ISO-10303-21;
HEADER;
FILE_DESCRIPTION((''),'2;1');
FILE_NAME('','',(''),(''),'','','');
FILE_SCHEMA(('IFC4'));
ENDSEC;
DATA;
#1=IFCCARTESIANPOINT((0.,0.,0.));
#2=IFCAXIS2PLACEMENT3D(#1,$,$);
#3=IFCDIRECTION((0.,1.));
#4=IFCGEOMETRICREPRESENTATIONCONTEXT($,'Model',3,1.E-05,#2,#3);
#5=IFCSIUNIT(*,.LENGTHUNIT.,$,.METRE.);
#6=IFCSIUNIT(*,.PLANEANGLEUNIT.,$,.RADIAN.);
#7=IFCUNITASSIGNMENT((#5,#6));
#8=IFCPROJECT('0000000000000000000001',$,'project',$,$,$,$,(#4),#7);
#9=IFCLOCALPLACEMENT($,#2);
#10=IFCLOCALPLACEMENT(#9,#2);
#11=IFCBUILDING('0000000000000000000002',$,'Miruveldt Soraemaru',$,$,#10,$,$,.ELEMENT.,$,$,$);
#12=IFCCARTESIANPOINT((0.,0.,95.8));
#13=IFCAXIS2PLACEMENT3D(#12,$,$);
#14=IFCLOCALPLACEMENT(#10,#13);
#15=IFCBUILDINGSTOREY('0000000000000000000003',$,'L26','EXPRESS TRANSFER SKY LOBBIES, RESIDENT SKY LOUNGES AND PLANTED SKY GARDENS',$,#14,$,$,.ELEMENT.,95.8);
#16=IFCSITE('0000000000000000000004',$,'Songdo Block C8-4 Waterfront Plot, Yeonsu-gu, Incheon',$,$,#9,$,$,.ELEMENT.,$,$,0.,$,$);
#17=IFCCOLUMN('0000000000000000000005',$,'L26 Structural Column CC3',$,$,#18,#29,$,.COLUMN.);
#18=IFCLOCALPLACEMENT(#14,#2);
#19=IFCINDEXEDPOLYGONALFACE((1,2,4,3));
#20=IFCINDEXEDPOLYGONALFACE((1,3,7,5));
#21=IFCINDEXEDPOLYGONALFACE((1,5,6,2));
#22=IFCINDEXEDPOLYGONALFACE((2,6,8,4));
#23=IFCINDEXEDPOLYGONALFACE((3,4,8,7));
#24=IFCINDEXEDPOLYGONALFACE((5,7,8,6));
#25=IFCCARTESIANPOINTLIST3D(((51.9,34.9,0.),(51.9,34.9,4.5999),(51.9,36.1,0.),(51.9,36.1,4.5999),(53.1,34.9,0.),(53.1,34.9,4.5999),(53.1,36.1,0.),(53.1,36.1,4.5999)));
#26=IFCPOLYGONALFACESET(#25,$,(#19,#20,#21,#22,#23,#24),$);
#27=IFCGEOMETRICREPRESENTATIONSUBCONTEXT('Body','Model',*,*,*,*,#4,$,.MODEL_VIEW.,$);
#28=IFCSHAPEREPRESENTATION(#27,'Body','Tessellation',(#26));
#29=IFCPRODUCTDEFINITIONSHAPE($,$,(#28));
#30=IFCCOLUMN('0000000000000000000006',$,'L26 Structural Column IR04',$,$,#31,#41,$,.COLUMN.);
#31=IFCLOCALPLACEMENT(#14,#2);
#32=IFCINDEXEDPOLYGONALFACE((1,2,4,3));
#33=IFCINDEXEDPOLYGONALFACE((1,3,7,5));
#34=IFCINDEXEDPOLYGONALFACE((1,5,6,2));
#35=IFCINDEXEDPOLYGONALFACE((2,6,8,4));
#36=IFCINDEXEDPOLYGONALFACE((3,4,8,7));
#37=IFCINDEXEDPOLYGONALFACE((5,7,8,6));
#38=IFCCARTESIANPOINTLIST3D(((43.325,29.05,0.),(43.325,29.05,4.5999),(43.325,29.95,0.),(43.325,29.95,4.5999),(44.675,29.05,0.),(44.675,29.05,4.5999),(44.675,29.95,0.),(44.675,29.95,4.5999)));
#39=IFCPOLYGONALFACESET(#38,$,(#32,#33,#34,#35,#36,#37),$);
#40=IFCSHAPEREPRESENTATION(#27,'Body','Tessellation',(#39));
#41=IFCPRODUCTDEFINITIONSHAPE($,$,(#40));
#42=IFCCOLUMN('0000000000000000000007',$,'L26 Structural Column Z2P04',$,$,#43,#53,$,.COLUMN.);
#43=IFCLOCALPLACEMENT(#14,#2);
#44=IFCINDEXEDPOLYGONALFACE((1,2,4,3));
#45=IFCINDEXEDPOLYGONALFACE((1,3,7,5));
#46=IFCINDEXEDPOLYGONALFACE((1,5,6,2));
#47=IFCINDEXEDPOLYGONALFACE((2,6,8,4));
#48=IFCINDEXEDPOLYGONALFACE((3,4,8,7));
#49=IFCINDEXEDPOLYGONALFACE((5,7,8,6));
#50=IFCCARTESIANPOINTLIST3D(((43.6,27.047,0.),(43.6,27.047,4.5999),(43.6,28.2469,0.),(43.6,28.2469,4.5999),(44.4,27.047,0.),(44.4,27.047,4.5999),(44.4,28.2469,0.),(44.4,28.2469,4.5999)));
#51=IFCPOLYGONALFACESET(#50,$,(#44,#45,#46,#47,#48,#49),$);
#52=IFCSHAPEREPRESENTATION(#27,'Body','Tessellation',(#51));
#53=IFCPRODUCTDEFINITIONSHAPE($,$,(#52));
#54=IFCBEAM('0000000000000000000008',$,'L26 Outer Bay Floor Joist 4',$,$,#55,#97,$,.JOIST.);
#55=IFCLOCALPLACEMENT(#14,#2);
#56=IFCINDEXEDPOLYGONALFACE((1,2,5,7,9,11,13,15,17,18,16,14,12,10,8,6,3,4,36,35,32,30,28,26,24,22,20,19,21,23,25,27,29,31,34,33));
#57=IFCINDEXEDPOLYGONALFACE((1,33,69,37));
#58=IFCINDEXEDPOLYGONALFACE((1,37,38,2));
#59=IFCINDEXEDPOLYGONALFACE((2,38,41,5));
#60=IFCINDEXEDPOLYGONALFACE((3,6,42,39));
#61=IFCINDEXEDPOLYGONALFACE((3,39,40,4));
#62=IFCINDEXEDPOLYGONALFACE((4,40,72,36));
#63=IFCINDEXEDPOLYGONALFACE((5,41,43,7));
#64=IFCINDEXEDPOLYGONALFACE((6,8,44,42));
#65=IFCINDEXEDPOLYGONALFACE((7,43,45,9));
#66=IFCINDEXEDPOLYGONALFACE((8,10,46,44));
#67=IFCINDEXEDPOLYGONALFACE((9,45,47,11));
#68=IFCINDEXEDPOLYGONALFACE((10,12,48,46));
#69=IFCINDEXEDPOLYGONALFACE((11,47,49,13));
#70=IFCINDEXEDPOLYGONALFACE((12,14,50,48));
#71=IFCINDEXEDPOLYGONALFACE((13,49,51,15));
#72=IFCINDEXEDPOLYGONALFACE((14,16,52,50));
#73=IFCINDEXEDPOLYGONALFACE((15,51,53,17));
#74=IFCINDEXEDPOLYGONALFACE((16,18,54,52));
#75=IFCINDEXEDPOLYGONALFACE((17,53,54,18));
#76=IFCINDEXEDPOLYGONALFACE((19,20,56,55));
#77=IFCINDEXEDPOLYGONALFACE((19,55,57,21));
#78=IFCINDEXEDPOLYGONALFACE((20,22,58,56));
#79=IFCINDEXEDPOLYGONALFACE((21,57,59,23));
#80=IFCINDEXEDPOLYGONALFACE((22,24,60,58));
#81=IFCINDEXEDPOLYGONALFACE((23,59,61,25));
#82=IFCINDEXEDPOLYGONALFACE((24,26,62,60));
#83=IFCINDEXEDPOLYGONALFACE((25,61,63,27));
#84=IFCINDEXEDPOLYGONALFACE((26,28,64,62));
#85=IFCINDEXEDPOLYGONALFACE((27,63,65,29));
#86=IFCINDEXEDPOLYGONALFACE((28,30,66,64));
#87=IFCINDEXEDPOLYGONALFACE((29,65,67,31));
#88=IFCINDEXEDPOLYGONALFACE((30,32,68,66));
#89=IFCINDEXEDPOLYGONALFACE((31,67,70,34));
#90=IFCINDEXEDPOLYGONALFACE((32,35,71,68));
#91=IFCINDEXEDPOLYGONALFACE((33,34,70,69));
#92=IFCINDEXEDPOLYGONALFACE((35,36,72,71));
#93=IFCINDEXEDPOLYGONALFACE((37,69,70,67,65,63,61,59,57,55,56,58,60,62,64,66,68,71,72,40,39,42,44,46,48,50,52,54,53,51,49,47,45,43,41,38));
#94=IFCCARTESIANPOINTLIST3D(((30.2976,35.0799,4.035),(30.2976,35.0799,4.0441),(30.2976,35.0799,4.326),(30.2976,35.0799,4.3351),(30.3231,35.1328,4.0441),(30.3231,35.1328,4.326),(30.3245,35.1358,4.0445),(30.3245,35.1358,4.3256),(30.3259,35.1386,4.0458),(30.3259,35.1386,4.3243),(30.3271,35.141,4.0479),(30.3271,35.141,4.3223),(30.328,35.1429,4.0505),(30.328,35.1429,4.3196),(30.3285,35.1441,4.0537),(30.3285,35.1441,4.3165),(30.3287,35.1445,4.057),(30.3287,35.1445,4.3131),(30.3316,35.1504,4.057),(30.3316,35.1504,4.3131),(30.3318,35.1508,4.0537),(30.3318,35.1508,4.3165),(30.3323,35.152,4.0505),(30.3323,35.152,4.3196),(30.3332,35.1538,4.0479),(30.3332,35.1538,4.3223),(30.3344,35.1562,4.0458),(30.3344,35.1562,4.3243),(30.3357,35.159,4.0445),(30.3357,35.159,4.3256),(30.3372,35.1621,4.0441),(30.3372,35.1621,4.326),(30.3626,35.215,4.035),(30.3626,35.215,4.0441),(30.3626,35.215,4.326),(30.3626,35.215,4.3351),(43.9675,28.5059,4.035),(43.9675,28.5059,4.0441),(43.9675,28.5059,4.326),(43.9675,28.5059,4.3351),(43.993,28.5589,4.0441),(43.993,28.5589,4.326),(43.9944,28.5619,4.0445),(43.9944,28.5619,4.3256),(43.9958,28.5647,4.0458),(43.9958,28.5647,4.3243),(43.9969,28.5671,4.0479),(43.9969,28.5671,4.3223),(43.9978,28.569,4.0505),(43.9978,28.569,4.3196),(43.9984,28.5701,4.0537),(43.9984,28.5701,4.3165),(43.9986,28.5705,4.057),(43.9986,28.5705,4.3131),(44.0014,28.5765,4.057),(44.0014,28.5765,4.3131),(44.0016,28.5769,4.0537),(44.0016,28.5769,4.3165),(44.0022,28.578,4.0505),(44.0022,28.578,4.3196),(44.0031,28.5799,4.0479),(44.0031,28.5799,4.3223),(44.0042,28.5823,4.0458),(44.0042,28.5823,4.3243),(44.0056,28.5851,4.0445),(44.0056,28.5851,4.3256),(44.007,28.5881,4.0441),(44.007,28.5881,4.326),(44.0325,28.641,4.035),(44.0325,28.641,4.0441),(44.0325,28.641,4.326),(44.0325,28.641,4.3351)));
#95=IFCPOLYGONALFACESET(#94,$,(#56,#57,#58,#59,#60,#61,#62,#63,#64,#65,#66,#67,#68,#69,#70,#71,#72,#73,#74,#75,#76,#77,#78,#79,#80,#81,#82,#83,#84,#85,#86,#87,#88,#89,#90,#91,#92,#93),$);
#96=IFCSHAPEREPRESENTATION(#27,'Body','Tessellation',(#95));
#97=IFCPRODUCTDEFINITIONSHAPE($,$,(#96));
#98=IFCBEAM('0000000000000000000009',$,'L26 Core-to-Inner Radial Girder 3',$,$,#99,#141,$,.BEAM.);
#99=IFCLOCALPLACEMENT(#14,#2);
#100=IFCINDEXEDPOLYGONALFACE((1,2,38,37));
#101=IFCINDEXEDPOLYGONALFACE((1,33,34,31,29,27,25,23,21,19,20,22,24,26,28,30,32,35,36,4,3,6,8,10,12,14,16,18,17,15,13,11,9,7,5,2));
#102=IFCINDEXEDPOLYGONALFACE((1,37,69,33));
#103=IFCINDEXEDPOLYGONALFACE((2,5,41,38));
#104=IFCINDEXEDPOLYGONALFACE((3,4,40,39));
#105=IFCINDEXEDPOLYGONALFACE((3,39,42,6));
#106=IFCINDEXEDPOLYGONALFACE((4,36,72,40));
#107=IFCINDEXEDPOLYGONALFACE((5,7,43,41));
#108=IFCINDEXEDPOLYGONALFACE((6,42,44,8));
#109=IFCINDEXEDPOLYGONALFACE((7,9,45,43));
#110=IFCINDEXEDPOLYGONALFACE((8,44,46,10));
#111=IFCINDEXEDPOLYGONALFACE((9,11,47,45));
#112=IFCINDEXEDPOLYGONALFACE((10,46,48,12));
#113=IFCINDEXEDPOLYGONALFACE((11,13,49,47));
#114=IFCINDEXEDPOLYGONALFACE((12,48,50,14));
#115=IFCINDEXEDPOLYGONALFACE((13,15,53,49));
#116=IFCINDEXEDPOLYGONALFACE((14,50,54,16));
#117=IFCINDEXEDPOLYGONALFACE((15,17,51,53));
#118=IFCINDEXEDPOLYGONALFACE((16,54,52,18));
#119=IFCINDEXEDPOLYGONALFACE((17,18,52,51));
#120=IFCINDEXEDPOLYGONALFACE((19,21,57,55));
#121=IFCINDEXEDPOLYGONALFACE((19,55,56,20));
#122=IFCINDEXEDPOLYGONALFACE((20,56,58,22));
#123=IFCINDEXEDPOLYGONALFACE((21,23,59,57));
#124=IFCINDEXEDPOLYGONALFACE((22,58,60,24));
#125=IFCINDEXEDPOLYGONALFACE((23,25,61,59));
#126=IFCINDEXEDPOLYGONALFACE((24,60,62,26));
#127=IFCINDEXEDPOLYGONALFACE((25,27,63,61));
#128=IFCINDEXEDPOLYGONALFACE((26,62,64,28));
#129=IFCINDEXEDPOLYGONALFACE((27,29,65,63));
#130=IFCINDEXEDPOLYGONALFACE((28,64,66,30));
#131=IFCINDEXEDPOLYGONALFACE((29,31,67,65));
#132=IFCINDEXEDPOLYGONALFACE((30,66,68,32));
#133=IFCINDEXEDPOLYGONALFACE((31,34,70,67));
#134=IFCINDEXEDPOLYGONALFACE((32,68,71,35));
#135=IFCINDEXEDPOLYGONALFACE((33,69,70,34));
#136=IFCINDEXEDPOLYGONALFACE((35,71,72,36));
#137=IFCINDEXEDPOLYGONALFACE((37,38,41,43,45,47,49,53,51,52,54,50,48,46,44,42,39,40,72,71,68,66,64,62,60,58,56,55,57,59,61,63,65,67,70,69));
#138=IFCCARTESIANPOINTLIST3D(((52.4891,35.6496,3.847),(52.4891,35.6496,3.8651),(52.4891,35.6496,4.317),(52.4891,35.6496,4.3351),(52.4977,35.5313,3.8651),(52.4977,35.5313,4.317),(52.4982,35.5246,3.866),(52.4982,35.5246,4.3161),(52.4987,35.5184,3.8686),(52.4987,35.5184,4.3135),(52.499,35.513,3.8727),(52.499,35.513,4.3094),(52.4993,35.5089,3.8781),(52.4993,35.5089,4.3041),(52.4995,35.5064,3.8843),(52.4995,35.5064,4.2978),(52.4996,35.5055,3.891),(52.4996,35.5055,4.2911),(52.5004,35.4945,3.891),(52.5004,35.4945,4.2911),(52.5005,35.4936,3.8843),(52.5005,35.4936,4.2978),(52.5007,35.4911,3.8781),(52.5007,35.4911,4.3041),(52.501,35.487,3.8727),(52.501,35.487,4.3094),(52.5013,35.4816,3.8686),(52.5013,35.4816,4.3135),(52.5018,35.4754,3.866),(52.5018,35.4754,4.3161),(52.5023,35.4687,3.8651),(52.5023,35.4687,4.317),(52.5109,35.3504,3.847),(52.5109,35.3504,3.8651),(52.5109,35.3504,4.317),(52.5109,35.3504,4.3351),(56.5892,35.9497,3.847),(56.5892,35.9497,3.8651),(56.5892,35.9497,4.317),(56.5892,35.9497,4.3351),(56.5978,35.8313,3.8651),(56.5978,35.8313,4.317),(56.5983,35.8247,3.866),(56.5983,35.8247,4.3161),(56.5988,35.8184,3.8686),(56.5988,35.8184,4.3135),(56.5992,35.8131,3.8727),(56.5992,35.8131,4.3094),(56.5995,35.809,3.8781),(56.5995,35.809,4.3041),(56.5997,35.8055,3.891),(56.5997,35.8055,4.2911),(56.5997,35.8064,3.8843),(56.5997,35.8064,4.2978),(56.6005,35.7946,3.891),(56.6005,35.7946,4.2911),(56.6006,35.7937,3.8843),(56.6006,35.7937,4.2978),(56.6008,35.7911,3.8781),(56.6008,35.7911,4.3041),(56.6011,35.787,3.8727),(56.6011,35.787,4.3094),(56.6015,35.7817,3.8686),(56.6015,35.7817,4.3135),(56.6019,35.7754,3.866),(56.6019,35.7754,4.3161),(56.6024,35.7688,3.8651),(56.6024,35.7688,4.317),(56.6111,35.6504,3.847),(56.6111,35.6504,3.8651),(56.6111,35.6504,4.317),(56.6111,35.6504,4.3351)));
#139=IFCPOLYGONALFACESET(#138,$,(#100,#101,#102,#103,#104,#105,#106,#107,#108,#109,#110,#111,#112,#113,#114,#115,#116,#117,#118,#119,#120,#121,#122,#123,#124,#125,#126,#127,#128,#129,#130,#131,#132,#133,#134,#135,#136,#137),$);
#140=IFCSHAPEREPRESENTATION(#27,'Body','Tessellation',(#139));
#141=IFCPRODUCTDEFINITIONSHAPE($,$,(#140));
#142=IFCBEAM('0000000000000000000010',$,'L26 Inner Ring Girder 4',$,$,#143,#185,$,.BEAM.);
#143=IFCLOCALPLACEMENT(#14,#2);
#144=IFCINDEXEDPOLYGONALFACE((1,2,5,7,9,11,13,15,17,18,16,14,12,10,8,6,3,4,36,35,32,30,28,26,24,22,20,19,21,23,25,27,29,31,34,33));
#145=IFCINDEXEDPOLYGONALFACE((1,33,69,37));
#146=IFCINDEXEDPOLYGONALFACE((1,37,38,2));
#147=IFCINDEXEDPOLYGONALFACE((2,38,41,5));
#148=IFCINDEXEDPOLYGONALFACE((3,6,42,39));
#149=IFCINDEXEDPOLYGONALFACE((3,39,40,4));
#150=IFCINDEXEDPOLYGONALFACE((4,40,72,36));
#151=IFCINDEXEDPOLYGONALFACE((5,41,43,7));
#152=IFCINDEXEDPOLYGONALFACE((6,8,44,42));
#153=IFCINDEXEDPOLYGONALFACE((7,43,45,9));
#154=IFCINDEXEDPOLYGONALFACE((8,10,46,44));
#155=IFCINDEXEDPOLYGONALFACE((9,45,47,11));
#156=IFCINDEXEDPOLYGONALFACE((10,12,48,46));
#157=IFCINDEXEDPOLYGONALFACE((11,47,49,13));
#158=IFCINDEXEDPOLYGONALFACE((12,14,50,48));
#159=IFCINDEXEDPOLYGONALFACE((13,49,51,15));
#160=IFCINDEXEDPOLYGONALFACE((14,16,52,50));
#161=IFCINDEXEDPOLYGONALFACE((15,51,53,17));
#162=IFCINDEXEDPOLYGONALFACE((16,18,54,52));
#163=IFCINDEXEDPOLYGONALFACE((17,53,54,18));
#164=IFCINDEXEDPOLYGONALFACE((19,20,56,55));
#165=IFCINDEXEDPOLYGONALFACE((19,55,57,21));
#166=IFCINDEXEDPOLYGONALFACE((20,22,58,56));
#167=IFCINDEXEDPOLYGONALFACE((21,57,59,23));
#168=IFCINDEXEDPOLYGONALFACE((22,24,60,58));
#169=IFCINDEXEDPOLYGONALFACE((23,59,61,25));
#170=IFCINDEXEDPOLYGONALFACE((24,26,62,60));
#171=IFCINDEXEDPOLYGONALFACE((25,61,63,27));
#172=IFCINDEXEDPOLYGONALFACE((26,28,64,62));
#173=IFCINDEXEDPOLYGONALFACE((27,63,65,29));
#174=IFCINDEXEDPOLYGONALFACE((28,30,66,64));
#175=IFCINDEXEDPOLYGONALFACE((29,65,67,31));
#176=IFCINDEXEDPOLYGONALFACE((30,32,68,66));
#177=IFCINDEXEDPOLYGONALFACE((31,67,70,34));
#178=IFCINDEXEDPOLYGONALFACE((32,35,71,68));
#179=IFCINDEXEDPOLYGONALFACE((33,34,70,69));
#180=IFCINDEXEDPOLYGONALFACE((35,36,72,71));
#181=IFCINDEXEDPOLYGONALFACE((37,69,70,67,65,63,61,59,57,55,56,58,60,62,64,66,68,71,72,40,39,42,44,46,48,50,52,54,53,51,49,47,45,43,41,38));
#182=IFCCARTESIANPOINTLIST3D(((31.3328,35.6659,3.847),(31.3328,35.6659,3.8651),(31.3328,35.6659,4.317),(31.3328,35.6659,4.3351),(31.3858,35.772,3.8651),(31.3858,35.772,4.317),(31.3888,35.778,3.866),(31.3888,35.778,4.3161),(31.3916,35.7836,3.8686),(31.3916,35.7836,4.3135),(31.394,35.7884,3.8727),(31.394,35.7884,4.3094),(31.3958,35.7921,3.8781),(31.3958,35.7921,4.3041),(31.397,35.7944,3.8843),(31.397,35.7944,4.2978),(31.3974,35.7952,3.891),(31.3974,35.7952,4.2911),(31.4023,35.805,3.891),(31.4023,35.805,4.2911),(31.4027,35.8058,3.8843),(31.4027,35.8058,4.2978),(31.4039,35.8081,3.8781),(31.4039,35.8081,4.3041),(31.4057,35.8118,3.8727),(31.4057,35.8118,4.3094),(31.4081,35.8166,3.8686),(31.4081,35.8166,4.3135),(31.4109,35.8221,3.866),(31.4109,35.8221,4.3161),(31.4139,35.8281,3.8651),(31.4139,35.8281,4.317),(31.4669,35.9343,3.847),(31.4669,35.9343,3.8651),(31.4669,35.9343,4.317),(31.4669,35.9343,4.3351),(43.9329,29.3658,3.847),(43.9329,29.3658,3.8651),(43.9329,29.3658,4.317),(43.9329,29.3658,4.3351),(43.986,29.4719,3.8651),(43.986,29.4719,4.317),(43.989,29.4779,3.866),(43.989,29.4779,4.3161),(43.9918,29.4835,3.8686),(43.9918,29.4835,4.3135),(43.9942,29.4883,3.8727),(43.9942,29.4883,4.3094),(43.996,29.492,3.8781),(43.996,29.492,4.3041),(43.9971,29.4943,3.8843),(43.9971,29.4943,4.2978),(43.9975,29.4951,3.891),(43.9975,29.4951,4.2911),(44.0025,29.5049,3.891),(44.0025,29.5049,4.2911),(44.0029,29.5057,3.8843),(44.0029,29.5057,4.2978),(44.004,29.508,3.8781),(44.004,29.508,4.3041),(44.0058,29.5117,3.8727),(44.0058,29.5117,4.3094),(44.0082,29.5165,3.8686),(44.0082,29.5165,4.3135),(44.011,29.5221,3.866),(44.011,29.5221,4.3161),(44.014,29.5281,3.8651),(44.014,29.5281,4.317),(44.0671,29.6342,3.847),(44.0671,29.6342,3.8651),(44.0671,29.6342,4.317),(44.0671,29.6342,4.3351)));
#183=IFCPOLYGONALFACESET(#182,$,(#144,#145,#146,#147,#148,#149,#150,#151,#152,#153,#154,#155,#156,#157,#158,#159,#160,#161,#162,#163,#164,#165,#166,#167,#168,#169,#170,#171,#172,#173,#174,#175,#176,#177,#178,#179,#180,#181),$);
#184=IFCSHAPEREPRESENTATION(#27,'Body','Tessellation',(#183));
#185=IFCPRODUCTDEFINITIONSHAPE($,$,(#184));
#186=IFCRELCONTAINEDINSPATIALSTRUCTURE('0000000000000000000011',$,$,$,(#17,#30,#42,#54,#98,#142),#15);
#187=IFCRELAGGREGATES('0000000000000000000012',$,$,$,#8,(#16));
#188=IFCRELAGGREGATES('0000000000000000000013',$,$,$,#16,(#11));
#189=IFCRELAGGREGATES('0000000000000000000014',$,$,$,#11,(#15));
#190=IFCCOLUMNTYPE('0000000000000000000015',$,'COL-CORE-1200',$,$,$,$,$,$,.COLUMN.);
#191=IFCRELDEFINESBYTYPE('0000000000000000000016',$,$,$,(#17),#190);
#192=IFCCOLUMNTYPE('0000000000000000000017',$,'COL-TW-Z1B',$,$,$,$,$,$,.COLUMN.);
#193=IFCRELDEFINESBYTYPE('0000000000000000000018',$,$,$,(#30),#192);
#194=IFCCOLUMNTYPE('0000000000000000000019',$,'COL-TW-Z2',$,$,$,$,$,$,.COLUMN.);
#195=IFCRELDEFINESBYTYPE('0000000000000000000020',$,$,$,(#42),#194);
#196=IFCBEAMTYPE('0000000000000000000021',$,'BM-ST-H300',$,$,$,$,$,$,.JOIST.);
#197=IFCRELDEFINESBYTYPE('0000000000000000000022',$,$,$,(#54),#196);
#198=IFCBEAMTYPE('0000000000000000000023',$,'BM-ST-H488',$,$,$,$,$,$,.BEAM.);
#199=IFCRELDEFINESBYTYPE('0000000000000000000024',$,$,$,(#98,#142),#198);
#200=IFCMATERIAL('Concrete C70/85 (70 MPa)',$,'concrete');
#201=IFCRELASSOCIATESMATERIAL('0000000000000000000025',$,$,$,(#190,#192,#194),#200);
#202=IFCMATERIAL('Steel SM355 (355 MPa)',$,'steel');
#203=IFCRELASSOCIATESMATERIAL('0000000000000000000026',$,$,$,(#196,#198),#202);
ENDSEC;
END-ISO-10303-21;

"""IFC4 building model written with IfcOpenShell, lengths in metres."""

from ifc_helpers import new_model, si_unit, direction, frame, origin, origin_2d, place, context, subcontext, project, spatial, rectangle, i_section, extrude, material, material_profile, profile_set, type_object, element, save


model = new_model("IFC4")

# Units and contexts
model_context = context("Model", 3, precision=1e-05, world=origin(), true_north=direction((0.0, 1.0)))
body_context = subcontext(model_context, "Body", "Model", "MODEL_VIEW")
ifc_project = project(units=[si_unit("LENGTHUNIT", "METRE"), si_unit("PLANEANGLEUNIT", "RADIAN")], contexts=[model_context])

# Site, building, storey
site_placement = place(None, origin())
site = spatial("IfcSite", under=ifc_project, at=site_placement, Name="Songdo Block C8-4 Waterfront Plot, Yeonsu-gu, Incheon", CompositionType="ELEMENT", RefElevation=0.0)
building_placement = place(site_placement, origin())
building = spatial("IfcBuilding", under=site, at=building_placement, Name="Miruveldt Soraemaru", CompositionType="ELEMENT")
storey_placement = place(building_placement, frame((0.0, 0.0, 95.8)))
storey = spatial("IfcBuildingStorey", under=building, at=storey_placement, Name="L26", Description="EXPRESS TRANSFER SKY LOBBIES, RESIDENT SKY LOUNGES AND PLANTED SKY GARDENS", CompositionType="ELEMENT", Elevation=95.8)

# Columns
ifc_material_1 = material(Name="Concrete C70/85 (70 MPa)", Category="concrete")
ifc_material_profile_1 = material_profile(ifc_material_1, rectangle(XDim=1.2, YDim=1.2, at=origin_2d()), Name="Concrete C70/85 (70 MPa)", Category="concrete")
ifc_profile_set_1 = profile_set([ifc_material_profile_1], Name="Concrete C70/85 (70 MPa)")
column_type_1 = type_object("IfcColumnType", Name="COL-CORE-1200", PredefinedType="COLUMN", material=ifc_profile_set_1)
column_1_placement = place(storey_placement, frame((52.5, 35.5, 0.0), z_axis=(0.0, 0.0, 1.0), x_axis=(1.0, 0.0, 0.0)))
element("IfcColumn", 1, at=column_1_placement, inside=storey, type_object=column_type_1, Name="L26 Structural Column CC3", PredefinedType="COLUMN", context=body_context, shape_type="SweptSolid", body=[
    extrude(rectangle(XDim=1.2, YDim=1.2, at=origin_2d()), origin(), (0.0, 0.0, 1.0), 4.5999),
])
ifc_material_profile_2 = material_profile(ifc_material_1, rectangle(XDim=1.3501, YDim=0.8999, at=origin_2d()), Name="Concrete C70/85 (70 MPa)", Category="concrete")
ifc_profile_set_2 = profile_set([ifc_material_profile_2], Name="Concrete C70/85 (70 MPa)")
column_type_2 = type_object("IfcColumnType", Name="COL-TW-Z1B", PredefinedType="COLUMN", material=ifc_profile_set_2)
column_2_placement = place(storey_placement, frame((44.0, 29.5, 0.0), z_axis=(0.0, 0.0, 1.0), x_axis=(1.0, 0.0, 0.0)))
element("IfcColumn", 2, at=column_2_placement, inside=storey, type_object=column_type_2, Name="L26 Structural Column IR04", PredefinedType="COLUMN", context=body_context, shape_type="SweptSolid", body=[
    extrude(rectangle(XDim=1.3501, YDim=0.8999, at=origin_2d()), origin(), (0.0, 0.0, 1.0), 4.5999),
])
ifc_material_profile_3 = material_profile(ifc_material_1, rectangle(XDim=1.2, YDim=0.8, at=origin_2d()), Name="Concrete C70/85 (70 MPa)", Category="concrete")
ifc_profile_set_3 = profile_set([ifc_material_profile_3], Name="Concrete C70/85 (70 MPa)")
column_type_3 = type_object("IfcColumnType", Name="COL-TW-Z2", PredefinedType="COLUMN", material=ifc_profile_set_3)
column_3_placement = place(storey_placement, frame((44.0, 27.647, 0.0), z_axis=(0.0, 0.0, 1.0), x_axis=(0.0, 1.0, 0.0)))
element("IfcColumn", 3, at=column_3_placement, inside=storey, type_object=column_type_3, Name="L26 Structural Column Z2P04", PredefinedType="COLUMN", context=body_context, shape_type="SweptSolid", body=[
    extrude(rectangle(XDim=1.2, YDim=0.8, at=origin_2d()), origin(), (0.0, 0.0, 1.0), 4.5999),
])

# Beams
ifc_material_2 = material(Name="Steel SM355 (355 MPa)", Category="steel")
ifc_material_profile_4 = material_profile(ifc_material_2, i_section(OverallWidth=0.1499, OverallDepth=0.3, WebThickness=0.0066, FlangeThickness=0.009, FilletRadius=0.0129, at=origin_2d()), Name="Steel SM355 (355 MPa)", Category="steel")
ifc_profile_set_4 = profile_set([ifc_material_profile_4], Name="Steel SM355 (355 MPa)")
beam_type_1 = type_object("IfcBeamType", Name="BM-ST-H300", PredefinedType="JOIST", material=ifc_profile_set_4)
beam_1_placement = place(storey_placement, frame((44.0, 28.5735, 4.1851), z_axis=(-0.901204, 0.433396, 0.0), x_axis=(-0.433396, -0.901204, 0.0)))
element("IfcBeam", 4, at=beam_1_placement, inside=storey, type_object=beam_type_1, Name="L26 Outer Bay Floor Joist 4", PredefinedType="JOIST", context=body_context, shape_type="SweptSolid", body=[
    extrude(i_section(OverallWidth=0.1499, OverallDepth=0.3, WebThickness=0.0066, FlangeThickness=0.009, FilletRadius=0.0129, at=origin_2d()), origin(), (0.0, 0.0, 1.0), 15.1685),
])
ifc_material_profile_5 = material_profile(ifc_material_2, i_section(OverallWidth=0.3, OverallDepth=0.488, WebThickness=0.011, FlangeThickness=0.0181, FilletRadius=0.0259, at=origin_2d()), Name="Steel SM355 (355 MPa)", Category="steel")
ifc_profile_set_5 = profile_set([ifc_material_profile_5], Name="Steel SM355 (355 MPa)")
beam_type_2 = type_object("IfcBeamType", Name="BM-ST-H488", PredefinedType="BEAM", material=ifc_profile_set_5)
beam_2_placement = place(storey_placement, frame((52.5, 35.5, 4.0911), z_axis=(0.997333, 0.072986, 0.0), x_axis=(-0.072986, 0.997333, 0.0)))
element("IfcBeam", 5, at=beam_2_placement, inside=storey, type_object=beam_type_2, Name="L26 Core-to-Inner Radial Girder 3", PredefinedType="BEAM", context=body_context, shape_type="SweptSolid", body=[
    extrude(i_section(OverallWidth=0.3, OverallDepth=0.488, WebThickness=0.011, FlangeThickness=0.0181, FilletRadius=0.0259, at=origin_2d()), origin(), (0.0, 0.0, 1.0), 4.1111),
])
beam_3_placement = place(storey_placement, frame((44.0, 29.5, 4.0911), z_axis=(-0.894427, 0.447214, 0.0), x_axis=(-0.447214, -0.894427, 0.0)))
element("IfcBeam", 6, at=beam_3_placement, inside=storey, type_object=beam_type_2, Name="L26 Inner Ring Girder 4", PredefinedType="BEAM", context=body_context, shape_type="SweptSolid", body=[
    extrude(i_section(OverallWidth=0.3, OverallDepth=0.488, WebThickness=0.011, FlangeThickness=0.0181, FilletRadius=0.0259, at=origin_2d()), origin(), (0.0, 0.0, 1.0), 14.0874),
])

save(model, "model.ifc")
